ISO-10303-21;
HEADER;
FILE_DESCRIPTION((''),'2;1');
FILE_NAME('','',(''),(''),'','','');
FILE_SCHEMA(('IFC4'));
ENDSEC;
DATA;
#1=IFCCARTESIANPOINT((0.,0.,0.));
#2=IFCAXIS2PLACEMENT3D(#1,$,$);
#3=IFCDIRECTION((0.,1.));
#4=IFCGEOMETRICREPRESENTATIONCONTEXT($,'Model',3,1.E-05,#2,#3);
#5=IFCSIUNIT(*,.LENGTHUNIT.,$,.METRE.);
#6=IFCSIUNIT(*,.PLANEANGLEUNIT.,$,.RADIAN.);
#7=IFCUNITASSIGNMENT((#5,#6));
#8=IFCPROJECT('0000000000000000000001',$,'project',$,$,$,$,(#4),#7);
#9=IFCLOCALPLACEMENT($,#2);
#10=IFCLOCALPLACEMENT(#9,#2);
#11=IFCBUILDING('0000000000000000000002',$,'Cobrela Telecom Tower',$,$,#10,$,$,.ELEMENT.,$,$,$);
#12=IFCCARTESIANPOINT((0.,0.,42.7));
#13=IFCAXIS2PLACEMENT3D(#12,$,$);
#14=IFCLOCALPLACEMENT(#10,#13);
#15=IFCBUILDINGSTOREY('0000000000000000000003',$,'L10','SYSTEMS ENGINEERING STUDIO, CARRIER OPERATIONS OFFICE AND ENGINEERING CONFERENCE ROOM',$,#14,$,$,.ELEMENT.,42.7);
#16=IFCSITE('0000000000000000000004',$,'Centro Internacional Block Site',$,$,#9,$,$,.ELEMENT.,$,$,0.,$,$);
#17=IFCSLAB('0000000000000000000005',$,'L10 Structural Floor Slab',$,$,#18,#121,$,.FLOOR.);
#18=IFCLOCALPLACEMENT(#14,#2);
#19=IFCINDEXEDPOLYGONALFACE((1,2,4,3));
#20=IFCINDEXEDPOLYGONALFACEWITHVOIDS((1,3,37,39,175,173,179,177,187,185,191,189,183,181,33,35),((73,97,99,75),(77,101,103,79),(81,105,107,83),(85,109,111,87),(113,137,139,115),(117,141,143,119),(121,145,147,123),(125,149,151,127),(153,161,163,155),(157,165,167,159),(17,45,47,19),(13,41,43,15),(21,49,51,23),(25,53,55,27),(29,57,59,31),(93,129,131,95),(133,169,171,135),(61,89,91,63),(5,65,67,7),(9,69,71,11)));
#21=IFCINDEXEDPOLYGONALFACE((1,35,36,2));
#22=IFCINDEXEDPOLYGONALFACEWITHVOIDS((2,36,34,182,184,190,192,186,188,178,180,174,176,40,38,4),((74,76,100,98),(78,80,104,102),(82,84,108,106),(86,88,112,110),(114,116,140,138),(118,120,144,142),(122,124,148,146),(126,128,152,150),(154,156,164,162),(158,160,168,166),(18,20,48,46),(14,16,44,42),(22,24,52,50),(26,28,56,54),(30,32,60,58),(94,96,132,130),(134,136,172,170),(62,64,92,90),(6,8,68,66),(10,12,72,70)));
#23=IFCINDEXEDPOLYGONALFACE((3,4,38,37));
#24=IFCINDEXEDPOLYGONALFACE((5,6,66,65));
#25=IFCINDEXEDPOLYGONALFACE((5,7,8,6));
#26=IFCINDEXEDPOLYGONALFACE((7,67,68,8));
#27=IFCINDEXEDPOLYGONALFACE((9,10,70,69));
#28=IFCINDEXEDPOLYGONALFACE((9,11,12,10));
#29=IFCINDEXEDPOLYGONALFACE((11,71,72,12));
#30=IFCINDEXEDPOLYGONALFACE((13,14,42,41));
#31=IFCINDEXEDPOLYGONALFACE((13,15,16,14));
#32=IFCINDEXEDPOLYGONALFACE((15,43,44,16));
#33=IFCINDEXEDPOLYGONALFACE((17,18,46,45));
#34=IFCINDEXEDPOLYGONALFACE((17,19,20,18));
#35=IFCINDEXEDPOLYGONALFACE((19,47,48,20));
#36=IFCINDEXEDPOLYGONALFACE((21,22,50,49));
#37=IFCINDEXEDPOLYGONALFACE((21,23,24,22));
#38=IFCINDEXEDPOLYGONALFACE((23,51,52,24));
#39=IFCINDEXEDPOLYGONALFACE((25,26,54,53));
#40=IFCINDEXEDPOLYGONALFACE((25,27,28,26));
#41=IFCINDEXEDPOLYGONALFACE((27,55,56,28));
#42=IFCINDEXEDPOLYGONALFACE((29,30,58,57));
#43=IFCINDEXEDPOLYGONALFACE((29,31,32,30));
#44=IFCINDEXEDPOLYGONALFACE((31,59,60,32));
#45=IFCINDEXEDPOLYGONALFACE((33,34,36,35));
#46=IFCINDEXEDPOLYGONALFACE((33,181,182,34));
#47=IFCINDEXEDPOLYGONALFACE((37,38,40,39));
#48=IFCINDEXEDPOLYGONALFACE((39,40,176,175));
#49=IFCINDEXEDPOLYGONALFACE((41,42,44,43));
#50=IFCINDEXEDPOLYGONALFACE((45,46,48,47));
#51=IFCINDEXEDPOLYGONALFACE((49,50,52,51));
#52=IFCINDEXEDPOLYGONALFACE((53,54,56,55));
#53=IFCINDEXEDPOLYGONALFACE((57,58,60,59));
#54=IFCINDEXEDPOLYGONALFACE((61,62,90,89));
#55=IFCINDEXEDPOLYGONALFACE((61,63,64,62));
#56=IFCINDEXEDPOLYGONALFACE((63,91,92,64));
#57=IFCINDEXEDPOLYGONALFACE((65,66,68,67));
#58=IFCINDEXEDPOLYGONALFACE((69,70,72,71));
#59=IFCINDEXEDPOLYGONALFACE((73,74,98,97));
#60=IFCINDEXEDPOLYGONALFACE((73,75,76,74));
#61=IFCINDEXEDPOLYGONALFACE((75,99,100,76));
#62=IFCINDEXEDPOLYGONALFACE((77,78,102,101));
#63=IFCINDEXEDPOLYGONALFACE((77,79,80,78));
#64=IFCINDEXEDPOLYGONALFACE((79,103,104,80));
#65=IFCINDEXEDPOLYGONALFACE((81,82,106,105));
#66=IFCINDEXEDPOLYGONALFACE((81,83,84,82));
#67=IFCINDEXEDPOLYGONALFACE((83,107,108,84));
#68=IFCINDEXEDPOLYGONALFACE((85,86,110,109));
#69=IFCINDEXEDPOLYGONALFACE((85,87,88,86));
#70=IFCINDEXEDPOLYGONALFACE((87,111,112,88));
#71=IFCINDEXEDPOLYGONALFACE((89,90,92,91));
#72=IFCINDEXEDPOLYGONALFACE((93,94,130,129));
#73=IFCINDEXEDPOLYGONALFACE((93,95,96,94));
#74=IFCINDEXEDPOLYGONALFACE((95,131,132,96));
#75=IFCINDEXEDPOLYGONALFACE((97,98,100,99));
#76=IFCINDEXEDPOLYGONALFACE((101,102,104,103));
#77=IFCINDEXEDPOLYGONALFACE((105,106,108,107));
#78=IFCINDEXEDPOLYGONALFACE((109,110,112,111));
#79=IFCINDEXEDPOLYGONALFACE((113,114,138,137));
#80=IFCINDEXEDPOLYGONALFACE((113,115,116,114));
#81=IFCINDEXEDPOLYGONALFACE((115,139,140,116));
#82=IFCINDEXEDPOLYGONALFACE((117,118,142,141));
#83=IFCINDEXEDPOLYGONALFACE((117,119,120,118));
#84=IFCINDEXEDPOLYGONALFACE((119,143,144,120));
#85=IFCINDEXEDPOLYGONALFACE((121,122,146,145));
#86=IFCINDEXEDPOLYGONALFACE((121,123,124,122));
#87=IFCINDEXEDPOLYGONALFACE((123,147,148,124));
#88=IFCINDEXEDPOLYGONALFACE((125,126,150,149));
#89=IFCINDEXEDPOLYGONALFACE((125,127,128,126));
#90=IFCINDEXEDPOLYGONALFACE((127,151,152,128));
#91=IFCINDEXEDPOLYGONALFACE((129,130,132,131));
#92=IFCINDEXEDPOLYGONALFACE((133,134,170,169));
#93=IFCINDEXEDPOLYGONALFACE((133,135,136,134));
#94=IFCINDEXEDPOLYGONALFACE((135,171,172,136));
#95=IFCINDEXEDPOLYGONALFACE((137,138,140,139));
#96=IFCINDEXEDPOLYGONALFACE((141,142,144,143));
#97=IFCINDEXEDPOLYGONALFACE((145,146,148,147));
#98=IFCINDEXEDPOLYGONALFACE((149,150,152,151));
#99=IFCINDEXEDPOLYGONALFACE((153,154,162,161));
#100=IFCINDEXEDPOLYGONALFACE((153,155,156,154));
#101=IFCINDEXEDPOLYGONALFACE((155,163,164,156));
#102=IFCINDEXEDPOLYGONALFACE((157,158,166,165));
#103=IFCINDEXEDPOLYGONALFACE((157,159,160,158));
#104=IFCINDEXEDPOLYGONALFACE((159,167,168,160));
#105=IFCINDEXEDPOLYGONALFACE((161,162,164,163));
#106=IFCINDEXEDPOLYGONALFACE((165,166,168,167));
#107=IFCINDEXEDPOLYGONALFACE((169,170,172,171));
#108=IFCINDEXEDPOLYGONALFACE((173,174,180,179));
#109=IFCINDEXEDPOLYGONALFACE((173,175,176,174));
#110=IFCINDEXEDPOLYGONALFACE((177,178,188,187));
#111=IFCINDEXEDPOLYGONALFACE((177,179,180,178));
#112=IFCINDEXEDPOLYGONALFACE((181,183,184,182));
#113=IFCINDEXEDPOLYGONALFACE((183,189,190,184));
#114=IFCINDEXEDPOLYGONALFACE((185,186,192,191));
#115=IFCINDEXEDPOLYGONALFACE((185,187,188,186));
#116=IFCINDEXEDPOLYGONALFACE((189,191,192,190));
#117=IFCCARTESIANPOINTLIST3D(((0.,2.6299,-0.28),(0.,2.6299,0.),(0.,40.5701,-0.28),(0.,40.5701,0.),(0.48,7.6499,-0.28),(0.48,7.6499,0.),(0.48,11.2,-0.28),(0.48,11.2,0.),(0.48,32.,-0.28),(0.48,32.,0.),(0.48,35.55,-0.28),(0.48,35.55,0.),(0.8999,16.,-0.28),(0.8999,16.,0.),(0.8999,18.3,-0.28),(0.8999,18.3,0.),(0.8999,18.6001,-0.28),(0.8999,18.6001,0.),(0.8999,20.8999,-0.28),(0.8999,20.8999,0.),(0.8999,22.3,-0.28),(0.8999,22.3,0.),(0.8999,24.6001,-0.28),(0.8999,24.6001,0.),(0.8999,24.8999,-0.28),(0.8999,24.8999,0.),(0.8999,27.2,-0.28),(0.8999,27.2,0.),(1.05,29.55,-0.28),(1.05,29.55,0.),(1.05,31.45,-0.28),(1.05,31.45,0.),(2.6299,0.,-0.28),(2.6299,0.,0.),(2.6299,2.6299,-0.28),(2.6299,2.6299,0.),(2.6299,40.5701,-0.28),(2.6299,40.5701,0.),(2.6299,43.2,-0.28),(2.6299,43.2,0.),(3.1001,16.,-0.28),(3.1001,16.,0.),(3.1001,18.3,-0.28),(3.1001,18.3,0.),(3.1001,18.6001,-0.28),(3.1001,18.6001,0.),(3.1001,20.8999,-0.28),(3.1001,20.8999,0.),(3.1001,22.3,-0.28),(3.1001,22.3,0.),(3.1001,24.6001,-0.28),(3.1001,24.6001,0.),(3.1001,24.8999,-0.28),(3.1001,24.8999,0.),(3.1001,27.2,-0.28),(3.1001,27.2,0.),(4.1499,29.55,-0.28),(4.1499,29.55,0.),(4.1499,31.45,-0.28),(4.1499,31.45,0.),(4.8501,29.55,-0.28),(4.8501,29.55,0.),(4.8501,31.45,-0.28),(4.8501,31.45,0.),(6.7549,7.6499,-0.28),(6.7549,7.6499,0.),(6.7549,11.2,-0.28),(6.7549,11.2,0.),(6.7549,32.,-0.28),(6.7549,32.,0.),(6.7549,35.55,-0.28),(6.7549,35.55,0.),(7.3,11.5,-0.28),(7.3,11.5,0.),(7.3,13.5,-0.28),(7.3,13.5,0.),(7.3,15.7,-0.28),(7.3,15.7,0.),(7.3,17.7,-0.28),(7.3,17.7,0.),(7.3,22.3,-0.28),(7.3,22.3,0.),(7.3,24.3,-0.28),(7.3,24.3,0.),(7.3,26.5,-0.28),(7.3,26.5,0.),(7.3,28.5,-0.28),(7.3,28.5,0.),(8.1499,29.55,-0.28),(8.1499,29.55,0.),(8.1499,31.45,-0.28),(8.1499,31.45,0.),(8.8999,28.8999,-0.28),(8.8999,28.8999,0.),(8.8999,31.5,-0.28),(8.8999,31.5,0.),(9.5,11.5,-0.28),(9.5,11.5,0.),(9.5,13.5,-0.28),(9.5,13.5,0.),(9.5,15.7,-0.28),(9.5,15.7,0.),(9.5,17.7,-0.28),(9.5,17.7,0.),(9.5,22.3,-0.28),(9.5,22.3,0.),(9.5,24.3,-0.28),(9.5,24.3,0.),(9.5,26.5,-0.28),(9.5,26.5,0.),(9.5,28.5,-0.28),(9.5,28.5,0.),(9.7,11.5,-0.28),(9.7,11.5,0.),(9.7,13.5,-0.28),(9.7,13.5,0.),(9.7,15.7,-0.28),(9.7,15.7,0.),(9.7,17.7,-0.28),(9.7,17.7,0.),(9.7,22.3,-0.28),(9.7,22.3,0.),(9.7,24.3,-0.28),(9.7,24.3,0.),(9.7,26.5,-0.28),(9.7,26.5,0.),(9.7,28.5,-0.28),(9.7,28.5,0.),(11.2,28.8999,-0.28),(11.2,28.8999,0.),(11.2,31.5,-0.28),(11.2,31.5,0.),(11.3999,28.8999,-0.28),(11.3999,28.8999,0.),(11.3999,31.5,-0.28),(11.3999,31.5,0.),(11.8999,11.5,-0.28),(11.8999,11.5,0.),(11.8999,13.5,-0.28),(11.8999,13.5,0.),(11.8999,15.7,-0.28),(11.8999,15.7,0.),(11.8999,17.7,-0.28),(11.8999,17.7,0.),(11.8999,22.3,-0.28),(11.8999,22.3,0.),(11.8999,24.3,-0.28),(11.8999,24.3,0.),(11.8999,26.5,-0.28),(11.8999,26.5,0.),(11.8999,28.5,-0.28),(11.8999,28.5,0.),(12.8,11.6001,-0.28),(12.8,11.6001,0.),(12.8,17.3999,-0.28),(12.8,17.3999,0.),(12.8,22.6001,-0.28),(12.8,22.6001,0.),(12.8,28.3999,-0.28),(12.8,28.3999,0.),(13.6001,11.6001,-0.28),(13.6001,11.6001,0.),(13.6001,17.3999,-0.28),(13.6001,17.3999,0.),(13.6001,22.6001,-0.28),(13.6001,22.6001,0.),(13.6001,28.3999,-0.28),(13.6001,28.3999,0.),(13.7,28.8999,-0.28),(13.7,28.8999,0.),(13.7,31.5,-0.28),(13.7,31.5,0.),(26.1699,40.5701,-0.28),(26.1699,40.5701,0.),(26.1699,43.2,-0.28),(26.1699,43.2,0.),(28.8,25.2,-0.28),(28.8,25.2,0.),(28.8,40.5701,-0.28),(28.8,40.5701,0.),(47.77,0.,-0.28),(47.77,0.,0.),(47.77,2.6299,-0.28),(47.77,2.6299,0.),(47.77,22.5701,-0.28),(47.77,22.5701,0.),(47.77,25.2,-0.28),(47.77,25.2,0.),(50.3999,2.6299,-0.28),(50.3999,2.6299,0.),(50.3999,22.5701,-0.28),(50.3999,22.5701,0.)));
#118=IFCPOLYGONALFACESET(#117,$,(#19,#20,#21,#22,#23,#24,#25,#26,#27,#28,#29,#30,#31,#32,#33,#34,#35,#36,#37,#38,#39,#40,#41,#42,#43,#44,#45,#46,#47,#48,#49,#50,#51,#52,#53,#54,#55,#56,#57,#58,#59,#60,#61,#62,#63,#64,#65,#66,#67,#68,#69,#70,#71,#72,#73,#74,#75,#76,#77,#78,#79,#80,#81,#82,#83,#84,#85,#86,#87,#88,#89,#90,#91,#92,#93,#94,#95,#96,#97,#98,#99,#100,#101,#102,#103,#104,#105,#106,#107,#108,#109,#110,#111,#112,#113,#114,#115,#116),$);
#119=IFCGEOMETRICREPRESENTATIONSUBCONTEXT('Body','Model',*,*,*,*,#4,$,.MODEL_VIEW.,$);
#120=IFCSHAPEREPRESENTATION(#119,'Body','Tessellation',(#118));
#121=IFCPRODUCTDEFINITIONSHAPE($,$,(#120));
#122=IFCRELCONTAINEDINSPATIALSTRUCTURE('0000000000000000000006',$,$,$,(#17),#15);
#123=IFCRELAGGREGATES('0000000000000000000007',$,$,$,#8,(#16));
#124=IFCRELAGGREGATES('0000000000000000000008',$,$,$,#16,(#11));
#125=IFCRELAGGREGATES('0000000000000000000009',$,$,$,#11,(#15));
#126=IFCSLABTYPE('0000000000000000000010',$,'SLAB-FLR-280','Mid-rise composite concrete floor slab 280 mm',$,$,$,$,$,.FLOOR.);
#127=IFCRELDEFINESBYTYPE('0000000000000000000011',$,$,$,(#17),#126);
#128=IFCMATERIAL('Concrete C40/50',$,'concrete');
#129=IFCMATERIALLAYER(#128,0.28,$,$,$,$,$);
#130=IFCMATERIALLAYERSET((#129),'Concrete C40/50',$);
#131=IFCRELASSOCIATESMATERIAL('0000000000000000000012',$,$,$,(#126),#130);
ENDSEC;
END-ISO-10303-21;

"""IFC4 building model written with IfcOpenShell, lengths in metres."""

from ifc_helpers import new_model, si_unit, direction, frame, origin, place, context, subcontext, project, spatial, polyline, outline, extrude, material, layer, layer_set, type_object, element, save


model = new_model("IFC4")

# Units and contexts
model_context = context("Model", 3, precision=1e-05, world=origin(), true_north=direction((0.0, 1.0)))
body_context = subcontext(model_context, "Body", "Model", "MODEL_VIEW")
ifc_project = project(units=[si_unit("LENGTHUNIT", "METRE"), si_unit("PLANEANGLEUNIT", "RADIAN")], contexts=[model_context])

# Site, building, storey
site_placement = place(None, origin())
site = spatial("IfcSite", under=ifc_project, at=site_placement, Name="Centro Internacional Block Site", CompositionType="ELEMENT", RefElevation=0.0)
building_placement = place(site_placement, origin())
building = spatial("IfcBuilding", under=site, at=building_placement, Name="Cobrela Telecom Tower", CompositionType="ELEMENT")
storey_placement = place(building_placement, frame((0.0, 0.0, 42.7)))
storey = spatial("IfcBuildingStorey", under=building, at=storey_placement, Name="L10", Description="SYSTEMS ENGINEERING STUDIO, CARRIER OPERATIONS OFFICE AND ENGINEERING CONFERENCE ROOM", CompositionType="ELEMENT", Elevation=42.7)

# Slab, openings
ifc_material_1 = material(Name="Concrete C40/50", Category="concrete")
ifc_layer_1 = layer(ifc_material_1, 0.28)
ifc_layer_set_1 = layer_set([ifc_layer_1], Name="Concrete C40/50")
slab_type_1 = type_object("IfcSlabType", Name="SLAB-FLR-280", Description="Mid-rise composite concrete floor slab 280 mm", PredefinedType="FLOOR", material=ifc_layer_set_1)
slab_1_placement = place(storey_placement, frame((0.0, 0.0, -0.28)))
slab_1 = element("IfcSlab", 1, at=slab_1_placement, inside=storey, type_object=slab_type_1, Name="L10 Structural Floor Slab", PredefinedType="FLOOR", context=body_context, shape_type="SweptSolid", body=[
    extrude(outline(polyline([(2.6299, 0.0), (47.77, 0.0), (47.77, 2.6299), (50.3999, 2.6299), (50.3999, 22.5701), (47.77, 22.5701), (47.77, 25.2), (28.8, 25.2), (28.8, 40.5701), (26.1699, 40.5701), (26.1699, 43.2), (2.6299, 43.2), (2.6299, 40.5701), (0.0, 40.5701), (0.0, 2.6299), (2.6299, 2.6299), (2.6299, 0.0)])), origin(), (0.0, 0.0, 1.0), 0.28),
])
opening_1_placement = place(slab_1_placement, frame((0.0, 0.0, -0.02)))
element("IfcOpeningElement", 2, at=opening_1_placement, cuts=slab_1, PredefinedType="OPENING", context=body_context, shape_type="SweptSolid", body=[
    extrude(outline(polyline([(8.8999, 28.8999), (11.2, 28.8999), (11.2, 31.5), (8.8999, 31.5), (8.8999, 28.8999)])), origin(), (0.0, 0.0, 1.0), 0.3201),
])
opening_2_placement = place(slab_1_placement, frame((0.0, 0.0, -0.02)))
element("IfcOpeningElement", 3, at=opening_2_placement, cuts=slab_1, PredefinedType="OPENING", context=body_context, shape_type="SweptSolid", body=[
    extrude(outline(polyline([(11.3999, 28.8999), (13.7, 28.8999), (13.7, 31.5), (11.3999, 31.5), (11.3999, 28.8999)])), origin(), (0.0, 0.0, 1.0), 0.3201),
])
opening_3_placement = place(slab_1_placement, frame((0.0, 0.0, -0.02)))
element("IfcOpeningElement", 4, at=opening_3_placement, cuts=slab_1, PredefinedType="OPENING", context=body_context, shape_type="SweptSolid", body=[
    extrude(outline(polyline([(7.3, 22.3), (9.5, 22.3), (9.5, 24.3), (7.3, 24.3), (7.3, 22.3)])), origin(), (0.0, 0.0, 1.0), 0.3201),
])
opening_4_placement = place(slab_1_placement, frame((0.0, 0.0, -0.02)))
element("IfcOpeningElement", 5, at=opening_4_placement, cuts=slab_1, PredefinedType="OPENING", context=body_context, shape_type="SweptSolid", body=[
    extrude(outline(polyline([(9.7, 22.3), (11.8999, 22.3), (11.8999, 24.3), (9.7, 24.3), (9.7, 22.3)])), origin(), (0.0, 0.0, 1.0), 0.3201),
])
opening_5_placement = place(slab_1_placement, frame((0.0, 0.0, -0.02)))
element("IfcOpeningElement", 6, at=opening_5_placement, cuts=slab_1, PredefinedType="OPENING", context=body_context, shape_type="SweptSolid", body=[
    extrude(outline(polyline([(7.3, 26.5), (9.5, 26.5), (9.5, 28.5), (7.3, 28.5), (7.3, 26.5)])), origin(), (0.0, 0.0, 1.0), 0.3201),
])
opening_6_placement = place(slab_1_placement, frame((0.0, 0.0, -0.02)))
element("IfcOpeningElement", 7, at=opening_6_placement, cuts=slab_1, PredefinedType="OPENING", context=body_context, shape_type="SweptSolid", body=[
    extrude(outline(polyline([(9.7, 26.5), (11.8999, 26.5), (11.8999, 28.5), (9.7, 28.5), (9.7, 26.5)])), origin(), (0.0, 0.0, 1.0), 0.3201),
])
opening_7_placement = place(slab_1_placement, frame((0.0, 0.0, -0.02)))
element("IfcOpeningElement", 8, at=opening_7_placement, cuts=slab_1, PredefinedType="OPENING", context=body_context, shape_type="SweptSolid", body=[
    extrude(outline(polyline([(7.3, 15.7), (9.5, 15.7), (9.5, 17.7), (7.3, 17.7), (7.3, 15.7)])), origin(), (0.0, 0.0, 1.0), 0.3201),
])
opening_8_placement = place(slab_1_placement, frame((0.0, 0.0, -0.02)))
element("IfcOpeningElement", 9, at=opening_8_placement, cuts=slab_1, PredefinedType="OPENING", context=body_context, shape_type="SweptSolid", body=[
    extrude(outline(polyline([(9.7, 15.7), (11.8999, 15.7), (11.8999, 17.7), (9.7, 17.7), (9.7, 15.7)])), origin(), (0.0, 0.0, 1.0), 0.3201),
])
opening_9_placement = place(slab_1_placement, frame((0.0, 0.0, -0.02)))
element("IfcOpeningElement", 10, at=opening_9_placement, cuts=slab_1, PredefinedType="OPENING", context=body_context, shape_type="SweptSolid", body=[
    extrude(outline(polyline([(7.3, 11.5), (9.5, 11.5), (9.5, 13.5), (7.3, 13.5), (7.3, 11.5)])), origin(), (0.0, 0.0, 1.0), 0.3201),
])
opening_10_placement = place(slab_1_placement, frame((0.0, 0.0, -0.02)))
element("IfcOpeningElement", 11, at=opening_10_placement, cuts=slab_1, PredefinedType="OPENING", context=body_context, shape_type="SweptSolid", body=[
    extrude(outline(polyline([(9.7, 11.5), (11.8999, 11.5), (11.8999, 13.5), (9.7, 13.5), (9.7, 11.5)])), origin(), (0.0, 0.0, 1.0), 0.3201),
])
opening_11_placement = place(slab_1_placement, frame((0.0, 0.0, -0.02)))
element("IfcOpeningElement", 12, at=opening_11_placement, cuts=slab_1, PredefinedType="OPENING", context=body_context, shape_type="SweptSolid", body=[
    extrude(outline(polyline([(0.8999, 16.0), (3.1001, 16.0), (3.1001, 18.3), (0.8999, 18.3), (0.8999, 16.0)])), origin(), (0.0, 0.0, 1.0), 0.3201),
])
opening_12_placement = place(slab_1_placement, frame((0.0, 0.0, -0.02)))
element("IfcOpeningElement", 13, at=opening_12_placement, cuts=slab_1, PredefinedType="OPENING", context=body_context, shape_type="SweptSolid", body=[
    extrude(outline(polyline([(0.8999, 18.6001), (3.1001, 18.6001), (3.1001, 20.8999), (0.8999, 20.8999), (0.8999, 18.6001)])), origin(), (0.0, 0.0, 1.0), 0.3201),
])
opening_13_placement = place(slab_1_placement, frame((0.0, 0.0, -0.02)))
element("IfcOpeningElement", 14, at=opening_13_placement, cuts=slab_1, PredefinedType="OPENING", context=body_context, shape_type="SweptSolid", body=[
    extrude(outline(polyline([(0.8999, 22.3), (3.1001, 22.3), (3.1001, 24.6001), (0.8999, 24.6001), (0.8999, 22.3)])), origin(), (0.0, 0.0, 1.0), 0.3201),
])
opening_14_placement = place(slab_1_placement, frame((0.0, 0.0, -0.02)))
element("IfcOpeningElement", 15, at=opening_14_placement, cuts=slab_1, PredefinedType="OPENING", context=body_context, shape_type="SweptSolid", body=[
    extrude(outline(polyline([(0.8999, 24.8999), (3.1001, 24.8999), (3.1001, 27.2), (0.8999, 27.2), (0.8999, 24.8999)])), origin(), (0.0, 0.0, 1.0), 0.3201),
])
opening_15_placement = place(slab_1_placement, frame((0.0, 0.0, -0.02)))
element("IfcOpeningElement", 16, at=opening_15_placement, cuts=slab_1, PredefinedType="OPENING", context=body_context, shape_type="SweptSolid", body=[
    extrude(outline(polyline([(1.05, 29.55), (4.1499, 29.55), (4.1499, 31.45), (1.05, 31.45), (1.05, 29.55)])), origin(), (0.0, 0.0, 1.0), 0.3201),
])
opening_16_placement = place(slab_1_placement, frame((0.0, 0.0, -0.02)))
element("IfcOpeningElement", 17, at=opening_16_placement, cuts=slab_1, PredefinedType="OPENING", context=body_context, shape_type="SweptSolid", body=[
    extrude(outline(polyline([(4.8501, 29.55), (8.1499, 29.55), (8.1499, 31.45), (4.8501, 31.45), (4.8501, 29.55)])), origin(), (0.0, 0.0, 1.0), 0.3201),
])
opening_17_placement = place(slab_1_placement, frame((0.0, 0.0, -0.02)))
element("IfcOpeningElement", 18, at=opening_17_placement, cuts=slab_1, PredefinedType="OPENING", context=body_context, shape_type="SweptSolid", body=[
    extrude(outline(polyline([(12.8, 22.6001), (13.6001, 22.6001), (13.6001, 28.3999), (12.8, 28.3999), (12.8, 22.6001)])), origin(), (0.0, 0.0, 1.0), 0.3201),
])
opening_18_placement = place(slab_1_placement, frame((0.0, 0.0, -0.02)))
element("IfcOpeningElement", 19, at=opening_18_placement, cuts=slab_1, PredefinedType="OPENING", context=body_context, shape_type="SweptSolid", body=[
    extrude(outline(polyline([(12.8, 11.6001), (13.6001, 11.6001), (13.6001, 17.3999), (12.8, 17.3999), (12.8, 11.6001)])), origin(), (0.0, 0.0, 1.0), 0.3201),
])
opening_19_placement = place(slab_1_placement, frame((0.0, 0.0, -0.02)))
element("IfcOpeningElement", 20, at=opening_19_placement, cuts=slab_1, PredefinedType="OPENING", context=body_context, shape_type="SweptSolid", body=[
    extrude(outline(polyline([(6.7549, 35.55), (0.48, 35.55), (0.48, 32.0), (6.7549, 32.0), (6.7549, 35.55)])), origin(), (0.0, 0.0, 1.0), 0.3201),
])
opening_20_placement = place(slab_1_placement, frame((0.0, 0.0, -0.02)))
element("IfcOpeningElement", 21, at=opening_20_placement, cuts=slab_1, PredefinedType="OPENING", context=body_context, shape_type="SweptSolid", body=[
    extrude(outline(polyline([(6.7549, 11.2), (0.48, 11.2), (0.48, 7.6499), (6.7549, 7.6499), (6.7549, 11.2)])), origin(), (0.0, 0.0, 1.0), 0.3201),
])

save(model, "model.ifc")
